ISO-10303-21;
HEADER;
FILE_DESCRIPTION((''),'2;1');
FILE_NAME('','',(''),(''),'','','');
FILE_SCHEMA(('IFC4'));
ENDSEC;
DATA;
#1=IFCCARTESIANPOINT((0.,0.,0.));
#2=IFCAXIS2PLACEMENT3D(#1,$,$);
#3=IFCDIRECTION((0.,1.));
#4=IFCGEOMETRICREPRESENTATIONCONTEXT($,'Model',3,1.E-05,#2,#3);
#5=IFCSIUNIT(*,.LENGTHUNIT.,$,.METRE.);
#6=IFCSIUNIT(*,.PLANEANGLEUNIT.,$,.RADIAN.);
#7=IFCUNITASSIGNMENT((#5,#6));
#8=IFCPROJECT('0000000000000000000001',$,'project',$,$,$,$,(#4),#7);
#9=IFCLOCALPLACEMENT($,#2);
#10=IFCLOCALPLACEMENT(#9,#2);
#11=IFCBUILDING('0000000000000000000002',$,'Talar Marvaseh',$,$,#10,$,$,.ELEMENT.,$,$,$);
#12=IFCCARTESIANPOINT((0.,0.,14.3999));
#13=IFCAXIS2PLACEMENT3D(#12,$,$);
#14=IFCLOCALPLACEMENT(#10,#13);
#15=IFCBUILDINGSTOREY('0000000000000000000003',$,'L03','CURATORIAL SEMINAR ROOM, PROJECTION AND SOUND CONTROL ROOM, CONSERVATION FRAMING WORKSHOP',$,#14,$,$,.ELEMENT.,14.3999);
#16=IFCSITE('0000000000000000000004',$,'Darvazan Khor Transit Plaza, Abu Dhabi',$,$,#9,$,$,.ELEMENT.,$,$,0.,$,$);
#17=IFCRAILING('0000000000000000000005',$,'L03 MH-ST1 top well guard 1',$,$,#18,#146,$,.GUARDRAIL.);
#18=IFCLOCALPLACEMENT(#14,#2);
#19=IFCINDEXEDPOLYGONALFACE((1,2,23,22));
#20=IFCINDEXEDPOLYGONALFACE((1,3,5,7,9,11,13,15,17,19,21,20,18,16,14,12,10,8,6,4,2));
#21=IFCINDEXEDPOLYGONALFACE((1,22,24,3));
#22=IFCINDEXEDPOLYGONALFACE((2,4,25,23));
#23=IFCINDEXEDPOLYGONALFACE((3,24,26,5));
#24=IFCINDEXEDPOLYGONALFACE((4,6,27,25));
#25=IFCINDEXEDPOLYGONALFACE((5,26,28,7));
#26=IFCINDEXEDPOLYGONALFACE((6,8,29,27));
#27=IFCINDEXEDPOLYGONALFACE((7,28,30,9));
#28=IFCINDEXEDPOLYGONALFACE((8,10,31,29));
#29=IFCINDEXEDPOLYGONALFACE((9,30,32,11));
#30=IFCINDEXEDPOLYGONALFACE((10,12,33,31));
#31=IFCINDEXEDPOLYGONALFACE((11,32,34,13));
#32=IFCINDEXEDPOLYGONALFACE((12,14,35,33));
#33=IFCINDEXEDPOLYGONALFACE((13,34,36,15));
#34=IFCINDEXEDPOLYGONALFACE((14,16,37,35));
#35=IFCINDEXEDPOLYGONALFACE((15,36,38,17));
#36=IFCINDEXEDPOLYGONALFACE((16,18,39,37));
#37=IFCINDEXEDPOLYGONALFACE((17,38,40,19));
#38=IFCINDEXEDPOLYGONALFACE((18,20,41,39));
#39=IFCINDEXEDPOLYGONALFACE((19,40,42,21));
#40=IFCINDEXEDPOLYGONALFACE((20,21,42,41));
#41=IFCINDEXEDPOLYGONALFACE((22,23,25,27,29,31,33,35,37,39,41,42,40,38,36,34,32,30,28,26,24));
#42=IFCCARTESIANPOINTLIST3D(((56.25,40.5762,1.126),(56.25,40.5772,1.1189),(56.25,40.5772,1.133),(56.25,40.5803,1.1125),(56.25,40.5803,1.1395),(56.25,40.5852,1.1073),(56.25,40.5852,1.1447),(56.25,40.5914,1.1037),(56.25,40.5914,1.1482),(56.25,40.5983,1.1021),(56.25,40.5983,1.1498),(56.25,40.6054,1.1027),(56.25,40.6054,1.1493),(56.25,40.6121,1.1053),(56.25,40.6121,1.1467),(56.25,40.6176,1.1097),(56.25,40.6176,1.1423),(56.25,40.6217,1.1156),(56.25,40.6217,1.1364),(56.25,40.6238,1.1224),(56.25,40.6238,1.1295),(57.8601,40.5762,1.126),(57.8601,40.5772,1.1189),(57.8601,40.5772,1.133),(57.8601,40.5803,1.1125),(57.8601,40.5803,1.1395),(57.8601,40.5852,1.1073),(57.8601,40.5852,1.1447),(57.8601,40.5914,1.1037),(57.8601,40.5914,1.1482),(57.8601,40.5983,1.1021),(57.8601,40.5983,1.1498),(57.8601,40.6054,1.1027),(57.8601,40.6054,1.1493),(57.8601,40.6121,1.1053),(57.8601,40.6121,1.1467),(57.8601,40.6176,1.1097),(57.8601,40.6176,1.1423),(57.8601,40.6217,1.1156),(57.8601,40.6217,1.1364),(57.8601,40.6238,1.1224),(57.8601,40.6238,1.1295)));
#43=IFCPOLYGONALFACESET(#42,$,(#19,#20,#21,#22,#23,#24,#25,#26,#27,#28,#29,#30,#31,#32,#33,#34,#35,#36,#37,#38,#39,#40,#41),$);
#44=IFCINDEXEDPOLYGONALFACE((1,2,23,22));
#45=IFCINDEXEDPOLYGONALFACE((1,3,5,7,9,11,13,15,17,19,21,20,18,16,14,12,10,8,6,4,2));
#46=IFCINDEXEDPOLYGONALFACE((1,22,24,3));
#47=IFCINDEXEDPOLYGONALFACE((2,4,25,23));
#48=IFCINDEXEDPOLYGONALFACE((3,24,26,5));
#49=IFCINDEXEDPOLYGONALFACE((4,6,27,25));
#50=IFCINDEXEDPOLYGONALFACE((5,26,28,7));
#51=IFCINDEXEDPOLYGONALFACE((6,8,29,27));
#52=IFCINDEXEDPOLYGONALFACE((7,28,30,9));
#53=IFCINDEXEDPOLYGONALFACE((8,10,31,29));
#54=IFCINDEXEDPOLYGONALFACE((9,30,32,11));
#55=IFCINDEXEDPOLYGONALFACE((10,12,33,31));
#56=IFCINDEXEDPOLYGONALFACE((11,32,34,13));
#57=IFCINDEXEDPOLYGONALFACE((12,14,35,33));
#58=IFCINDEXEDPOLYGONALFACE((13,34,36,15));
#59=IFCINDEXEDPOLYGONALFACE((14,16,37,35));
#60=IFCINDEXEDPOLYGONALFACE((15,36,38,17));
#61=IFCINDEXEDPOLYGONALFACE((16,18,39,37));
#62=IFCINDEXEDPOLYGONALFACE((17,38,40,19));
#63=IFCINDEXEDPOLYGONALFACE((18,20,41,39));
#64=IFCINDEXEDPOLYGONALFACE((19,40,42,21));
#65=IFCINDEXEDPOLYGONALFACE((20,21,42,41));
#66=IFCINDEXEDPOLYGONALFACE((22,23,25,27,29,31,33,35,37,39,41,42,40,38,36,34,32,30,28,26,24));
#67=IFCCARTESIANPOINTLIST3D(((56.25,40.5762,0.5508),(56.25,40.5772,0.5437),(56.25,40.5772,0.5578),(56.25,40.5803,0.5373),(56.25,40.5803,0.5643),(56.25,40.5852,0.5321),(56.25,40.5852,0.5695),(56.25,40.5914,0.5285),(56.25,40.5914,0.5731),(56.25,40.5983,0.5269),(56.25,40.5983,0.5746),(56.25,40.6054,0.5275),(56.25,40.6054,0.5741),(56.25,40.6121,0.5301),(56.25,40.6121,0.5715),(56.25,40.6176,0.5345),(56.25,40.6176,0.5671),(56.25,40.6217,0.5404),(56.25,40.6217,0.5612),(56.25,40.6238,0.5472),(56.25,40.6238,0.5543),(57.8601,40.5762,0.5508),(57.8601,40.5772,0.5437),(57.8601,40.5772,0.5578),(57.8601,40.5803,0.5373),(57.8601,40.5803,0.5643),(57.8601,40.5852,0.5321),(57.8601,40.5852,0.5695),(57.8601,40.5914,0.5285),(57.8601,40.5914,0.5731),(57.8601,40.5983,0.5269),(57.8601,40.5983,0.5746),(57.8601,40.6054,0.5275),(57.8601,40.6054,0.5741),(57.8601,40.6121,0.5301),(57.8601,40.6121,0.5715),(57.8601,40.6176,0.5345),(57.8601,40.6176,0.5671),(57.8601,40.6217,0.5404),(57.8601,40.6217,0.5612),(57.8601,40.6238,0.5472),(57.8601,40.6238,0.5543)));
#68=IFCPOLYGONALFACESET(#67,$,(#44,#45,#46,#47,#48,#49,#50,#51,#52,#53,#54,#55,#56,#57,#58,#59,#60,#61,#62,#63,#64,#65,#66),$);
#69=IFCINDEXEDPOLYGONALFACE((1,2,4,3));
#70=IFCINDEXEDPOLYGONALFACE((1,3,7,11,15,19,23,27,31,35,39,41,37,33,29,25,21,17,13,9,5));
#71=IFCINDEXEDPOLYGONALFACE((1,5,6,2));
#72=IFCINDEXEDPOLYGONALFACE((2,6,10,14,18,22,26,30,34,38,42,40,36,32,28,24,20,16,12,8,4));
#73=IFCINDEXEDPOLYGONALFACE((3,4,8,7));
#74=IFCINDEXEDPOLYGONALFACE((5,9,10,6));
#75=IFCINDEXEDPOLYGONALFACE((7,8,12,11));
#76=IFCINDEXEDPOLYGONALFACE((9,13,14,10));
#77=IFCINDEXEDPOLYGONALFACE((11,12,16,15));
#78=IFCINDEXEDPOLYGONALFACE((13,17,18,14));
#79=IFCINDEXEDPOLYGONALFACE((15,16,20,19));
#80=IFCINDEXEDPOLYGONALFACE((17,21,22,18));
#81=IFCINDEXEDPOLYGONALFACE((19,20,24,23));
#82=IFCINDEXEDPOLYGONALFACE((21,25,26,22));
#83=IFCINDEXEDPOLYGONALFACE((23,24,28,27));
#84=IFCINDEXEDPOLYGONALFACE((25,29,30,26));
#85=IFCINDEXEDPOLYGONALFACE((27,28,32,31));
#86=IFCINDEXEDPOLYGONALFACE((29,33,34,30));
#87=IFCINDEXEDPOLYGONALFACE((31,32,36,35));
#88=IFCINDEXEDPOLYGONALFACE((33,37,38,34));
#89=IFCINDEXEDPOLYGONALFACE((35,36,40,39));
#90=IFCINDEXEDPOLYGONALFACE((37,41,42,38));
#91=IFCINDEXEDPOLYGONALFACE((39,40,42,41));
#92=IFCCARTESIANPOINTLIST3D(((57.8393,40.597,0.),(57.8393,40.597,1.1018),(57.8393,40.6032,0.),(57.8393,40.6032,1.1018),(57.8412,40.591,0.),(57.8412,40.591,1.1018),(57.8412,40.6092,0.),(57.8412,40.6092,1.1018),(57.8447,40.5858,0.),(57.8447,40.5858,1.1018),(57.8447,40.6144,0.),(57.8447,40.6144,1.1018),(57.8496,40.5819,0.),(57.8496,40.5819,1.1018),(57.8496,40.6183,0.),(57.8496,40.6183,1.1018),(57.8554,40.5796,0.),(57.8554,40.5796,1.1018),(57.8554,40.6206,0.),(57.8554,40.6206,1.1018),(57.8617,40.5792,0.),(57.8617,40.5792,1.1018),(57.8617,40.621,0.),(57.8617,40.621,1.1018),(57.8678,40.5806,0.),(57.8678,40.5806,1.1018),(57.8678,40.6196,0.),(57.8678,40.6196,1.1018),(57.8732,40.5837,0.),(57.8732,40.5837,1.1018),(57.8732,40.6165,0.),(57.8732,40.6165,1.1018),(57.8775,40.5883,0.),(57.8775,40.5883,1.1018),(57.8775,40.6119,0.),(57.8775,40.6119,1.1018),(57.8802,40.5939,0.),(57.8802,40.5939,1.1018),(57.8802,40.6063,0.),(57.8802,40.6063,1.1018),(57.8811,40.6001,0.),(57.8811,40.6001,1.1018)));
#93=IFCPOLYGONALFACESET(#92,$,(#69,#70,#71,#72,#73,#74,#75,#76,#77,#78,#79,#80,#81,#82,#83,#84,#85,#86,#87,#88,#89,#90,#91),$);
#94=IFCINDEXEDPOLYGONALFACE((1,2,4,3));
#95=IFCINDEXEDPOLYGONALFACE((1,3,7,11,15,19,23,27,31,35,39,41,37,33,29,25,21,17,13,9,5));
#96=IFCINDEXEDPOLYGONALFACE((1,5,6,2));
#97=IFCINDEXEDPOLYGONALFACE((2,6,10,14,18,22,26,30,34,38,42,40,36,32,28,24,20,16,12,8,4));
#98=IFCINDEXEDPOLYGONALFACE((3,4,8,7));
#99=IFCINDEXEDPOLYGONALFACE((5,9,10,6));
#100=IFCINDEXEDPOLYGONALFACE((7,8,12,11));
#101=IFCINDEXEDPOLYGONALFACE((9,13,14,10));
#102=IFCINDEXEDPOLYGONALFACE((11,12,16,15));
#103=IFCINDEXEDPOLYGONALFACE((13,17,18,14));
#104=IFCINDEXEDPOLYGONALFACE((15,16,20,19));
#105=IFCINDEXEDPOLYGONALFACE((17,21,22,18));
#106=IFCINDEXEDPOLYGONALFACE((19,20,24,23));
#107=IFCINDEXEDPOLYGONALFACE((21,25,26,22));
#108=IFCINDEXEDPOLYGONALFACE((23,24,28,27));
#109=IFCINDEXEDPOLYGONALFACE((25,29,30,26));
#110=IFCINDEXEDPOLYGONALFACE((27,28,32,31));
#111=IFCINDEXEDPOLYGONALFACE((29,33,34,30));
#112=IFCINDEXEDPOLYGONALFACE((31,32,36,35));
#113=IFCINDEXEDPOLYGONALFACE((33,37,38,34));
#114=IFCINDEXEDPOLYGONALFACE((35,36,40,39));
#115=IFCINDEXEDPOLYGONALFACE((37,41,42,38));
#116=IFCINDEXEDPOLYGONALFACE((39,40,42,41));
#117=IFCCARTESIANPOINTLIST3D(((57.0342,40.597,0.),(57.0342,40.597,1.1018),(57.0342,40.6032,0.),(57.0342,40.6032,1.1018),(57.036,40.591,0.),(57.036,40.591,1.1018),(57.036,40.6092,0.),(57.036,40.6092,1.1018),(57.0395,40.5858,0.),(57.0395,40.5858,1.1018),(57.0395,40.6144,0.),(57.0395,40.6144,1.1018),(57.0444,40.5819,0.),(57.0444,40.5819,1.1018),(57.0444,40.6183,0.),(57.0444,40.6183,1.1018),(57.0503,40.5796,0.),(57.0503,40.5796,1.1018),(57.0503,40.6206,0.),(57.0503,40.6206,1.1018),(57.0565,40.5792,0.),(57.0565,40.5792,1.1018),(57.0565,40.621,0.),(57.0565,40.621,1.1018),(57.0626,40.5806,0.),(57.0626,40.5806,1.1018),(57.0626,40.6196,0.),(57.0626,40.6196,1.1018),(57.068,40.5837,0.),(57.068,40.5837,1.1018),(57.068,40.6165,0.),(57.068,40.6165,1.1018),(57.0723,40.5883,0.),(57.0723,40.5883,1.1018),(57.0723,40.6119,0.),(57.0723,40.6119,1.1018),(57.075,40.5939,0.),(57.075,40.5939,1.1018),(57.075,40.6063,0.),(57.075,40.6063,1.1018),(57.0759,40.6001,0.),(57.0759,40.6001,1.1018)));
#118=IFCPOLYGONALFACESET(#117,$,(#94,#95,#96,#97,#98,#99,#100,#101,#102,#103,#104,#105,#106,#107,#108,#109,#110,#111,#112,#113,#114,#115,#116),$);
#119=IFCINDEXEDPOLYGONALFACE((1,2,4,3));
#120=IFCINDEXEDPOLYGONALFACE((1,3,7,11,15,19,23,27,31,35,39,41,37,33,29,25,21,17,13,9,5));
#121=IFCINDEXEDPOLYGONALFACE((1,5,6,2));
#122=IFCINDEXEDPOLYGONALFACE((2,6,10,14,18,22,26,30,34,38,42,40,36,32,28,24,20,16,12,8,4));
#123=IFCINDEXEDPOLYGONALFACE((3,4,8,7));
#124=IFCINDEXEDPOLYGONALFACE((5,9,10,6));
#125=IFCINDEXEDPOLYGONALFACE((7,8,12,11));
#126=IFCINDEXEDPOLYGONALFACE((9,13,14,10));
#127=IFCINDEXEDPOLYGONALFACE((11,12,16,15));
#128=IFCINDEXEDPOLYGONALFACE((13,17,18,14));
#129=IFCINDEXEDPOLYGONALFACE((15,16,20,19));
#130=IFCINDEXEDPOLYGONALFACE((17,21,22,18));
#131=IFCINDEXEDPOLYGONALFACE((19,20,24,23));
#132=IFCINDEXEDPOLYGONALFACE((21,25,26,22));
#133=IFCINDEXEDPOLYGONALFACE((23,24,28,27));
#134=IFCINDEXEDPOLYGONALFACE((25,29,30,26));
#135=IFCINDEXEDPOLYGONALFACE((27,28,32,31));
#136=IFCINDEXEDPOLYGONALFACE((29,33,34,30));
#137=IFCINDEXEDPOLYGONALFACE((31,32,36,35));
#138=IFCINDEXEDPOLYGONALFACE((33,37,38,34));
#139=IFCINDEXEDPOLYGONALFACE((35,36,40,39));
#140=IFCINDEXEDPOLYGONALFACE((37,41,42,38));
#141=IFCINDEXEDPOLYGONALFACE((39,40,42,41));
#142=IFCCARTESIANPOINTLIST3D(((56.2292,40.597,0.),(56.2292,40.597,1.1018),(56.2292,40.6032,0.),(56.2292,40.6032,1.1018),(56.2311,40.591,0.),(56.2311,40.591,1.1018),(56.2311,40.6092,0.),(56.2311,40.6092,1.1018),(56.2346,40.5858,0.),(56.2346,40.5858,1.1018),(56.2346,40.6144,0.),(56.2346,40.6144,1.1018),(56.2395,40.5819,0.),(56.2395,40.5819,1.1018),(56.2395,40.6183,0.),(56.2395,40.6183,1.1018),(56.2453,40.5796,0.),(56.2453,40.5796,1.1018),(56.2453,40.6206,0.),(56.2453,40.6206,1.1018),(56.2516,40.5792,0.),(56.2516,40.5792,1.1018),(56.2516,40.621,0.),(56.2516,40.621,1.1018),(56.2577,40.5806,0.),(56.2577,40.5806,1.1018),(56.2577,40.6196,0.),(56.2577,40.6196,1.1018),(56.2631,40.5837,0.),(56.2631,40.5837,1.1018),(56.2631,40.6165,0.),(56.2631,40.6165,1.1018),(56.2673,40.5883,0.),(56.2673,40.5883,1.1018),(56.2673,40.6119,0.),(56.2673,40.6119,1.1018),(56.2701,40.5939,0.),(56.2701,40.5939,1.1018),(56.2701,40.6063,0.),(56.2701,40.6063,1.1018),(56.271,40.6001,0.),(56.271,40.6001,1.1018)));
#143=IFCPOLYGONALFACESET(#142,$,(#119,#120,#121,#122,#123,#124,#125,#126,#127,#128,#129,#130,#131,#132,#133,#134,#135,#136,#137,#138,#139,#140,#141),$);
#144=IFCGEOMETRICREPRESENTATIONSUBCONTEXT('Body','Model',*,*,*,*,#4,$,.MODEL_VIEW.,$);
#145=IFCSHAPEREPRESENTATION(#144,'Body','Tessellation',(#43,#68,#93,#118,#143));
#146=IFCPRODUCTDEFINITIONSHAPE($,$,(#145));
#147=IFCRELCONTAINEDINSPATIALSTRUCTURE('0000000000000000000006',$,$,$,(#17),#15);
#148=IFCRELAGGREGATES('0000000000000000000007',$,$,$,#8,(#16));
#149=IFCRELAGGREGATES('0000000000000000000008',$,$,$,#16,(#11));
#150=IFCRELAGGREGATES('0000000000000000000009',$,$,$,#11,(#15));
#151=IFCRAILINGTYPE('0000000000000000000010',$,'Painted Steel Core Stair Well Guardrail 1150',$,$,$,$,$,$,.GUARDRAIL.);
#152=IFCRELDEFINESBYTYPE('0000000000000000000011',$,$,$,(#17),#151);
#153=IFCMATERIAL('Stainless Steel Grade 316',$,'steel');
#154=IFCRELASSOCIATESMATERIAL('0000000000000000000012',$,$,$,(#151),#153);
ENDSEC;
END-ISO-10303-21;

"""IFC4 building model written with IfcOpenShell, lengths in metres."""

from ifc_helpers import new_model, si_unit, direction, frame, origin, origin_2d, place, context, subcontext, project, spatial, circle, extrude, material, type_object, element, save


model = new_model("IFC4")

# Units and contexts
model_context = context("Model", 3, precision=1e-05, world=origin(), true_north=direction((0.0, 1.0)))
body_context = subcontext(model_context, "Body", "Model", "MODEL_VIEW")
ifc_project = project(units=[si_unit("LENGTHUNIT", "METRE"), si_unit("PLANEANGLEUNIT", "RADIAN")], contexts=[model_context])

# Site, building, storey
site_placement = place(None, origin())
site = spatial("IfcSite", under=ifc_project, at=site_placement, Name="Darvazan Khor Transit Plaza, Abu Dhabi", CompositionType="ELEMENT", RefElevation=0.0)
building_placement = place(site_placement, origin())
building = spatial("IfcBuilding", under=site, at=building_placement, Name="Talar Marvaseh", CompositionType="ELEMENT")
storey_placement = place(building_placement, frame((0.0, 0.0, 14.3999)))
storey = spatial("IfcBuildingStorey", under=building, at=storey_placement, Name="L03", Description="CURATORIAL SEMINAR ROOM, PROJECTION AND SOUND CONTROL ROOM, CONSERVATION FRAMING WORKSHOP", CompositionType="ELEMENT", Elevation=14.3999)

# Railing
ifc_material_1 = material(Name="Stainless Steel Grade 316", Category="steel")
railing_type = type_object("IfcRailingType", Name="Painted Steel Core Stair Well Guardrail 1150", PredefinedType="GUARDRAIL", material=ifc_material_1)
railing_placement = place(storey_placement, frame((57.8601, 40.6001, 0.0)))
element("IfcRailing", 1, at=railing_placement, inside=storey, type_object=railing_type, Name="L03 MH-ST1 top well guard 1", PredefinedType="GUARDRAIL", context=body_context, shape_type="SweptSolid", body=[
    extrude(circle(Radius=0.0239, at=origin_2d()), frame((0.0, 0.0, 1.126), z_axis=(-1.0, 0.0, 0.0), x_axis=(0.0, -1.0, 0.0)), (0.0, 0.0, 1.0), 1.6101),
    extrude(circle(Radius=0.0239, at=origin_2d()), frame((0.0, 0.0, 0.5508), z_axis=(-1.0, 0.0, 0.0), x_axis=(0.0, -1.0, 0.0)), (0.0, 0.0, 1.0), 1.6101),
    extrude(circle(Radius=0.021, at=origin_2d()), origin(), (0.0, 0.0, 1.0), 1.1018),
    extrude(circle(Radius=0.021, at=origin_2d()), frame((-0.8052, 0.0, 0.0)), (0.0, 0.0, 1.0), 1.1018),
    extrude(circle(Radius=0.021, at=origin_2d()), frame((-1.6101, 0.0, 0.0)), (0.0, 0.0, 1.0), 1.1018),
])

save(model, "model.ifc")
